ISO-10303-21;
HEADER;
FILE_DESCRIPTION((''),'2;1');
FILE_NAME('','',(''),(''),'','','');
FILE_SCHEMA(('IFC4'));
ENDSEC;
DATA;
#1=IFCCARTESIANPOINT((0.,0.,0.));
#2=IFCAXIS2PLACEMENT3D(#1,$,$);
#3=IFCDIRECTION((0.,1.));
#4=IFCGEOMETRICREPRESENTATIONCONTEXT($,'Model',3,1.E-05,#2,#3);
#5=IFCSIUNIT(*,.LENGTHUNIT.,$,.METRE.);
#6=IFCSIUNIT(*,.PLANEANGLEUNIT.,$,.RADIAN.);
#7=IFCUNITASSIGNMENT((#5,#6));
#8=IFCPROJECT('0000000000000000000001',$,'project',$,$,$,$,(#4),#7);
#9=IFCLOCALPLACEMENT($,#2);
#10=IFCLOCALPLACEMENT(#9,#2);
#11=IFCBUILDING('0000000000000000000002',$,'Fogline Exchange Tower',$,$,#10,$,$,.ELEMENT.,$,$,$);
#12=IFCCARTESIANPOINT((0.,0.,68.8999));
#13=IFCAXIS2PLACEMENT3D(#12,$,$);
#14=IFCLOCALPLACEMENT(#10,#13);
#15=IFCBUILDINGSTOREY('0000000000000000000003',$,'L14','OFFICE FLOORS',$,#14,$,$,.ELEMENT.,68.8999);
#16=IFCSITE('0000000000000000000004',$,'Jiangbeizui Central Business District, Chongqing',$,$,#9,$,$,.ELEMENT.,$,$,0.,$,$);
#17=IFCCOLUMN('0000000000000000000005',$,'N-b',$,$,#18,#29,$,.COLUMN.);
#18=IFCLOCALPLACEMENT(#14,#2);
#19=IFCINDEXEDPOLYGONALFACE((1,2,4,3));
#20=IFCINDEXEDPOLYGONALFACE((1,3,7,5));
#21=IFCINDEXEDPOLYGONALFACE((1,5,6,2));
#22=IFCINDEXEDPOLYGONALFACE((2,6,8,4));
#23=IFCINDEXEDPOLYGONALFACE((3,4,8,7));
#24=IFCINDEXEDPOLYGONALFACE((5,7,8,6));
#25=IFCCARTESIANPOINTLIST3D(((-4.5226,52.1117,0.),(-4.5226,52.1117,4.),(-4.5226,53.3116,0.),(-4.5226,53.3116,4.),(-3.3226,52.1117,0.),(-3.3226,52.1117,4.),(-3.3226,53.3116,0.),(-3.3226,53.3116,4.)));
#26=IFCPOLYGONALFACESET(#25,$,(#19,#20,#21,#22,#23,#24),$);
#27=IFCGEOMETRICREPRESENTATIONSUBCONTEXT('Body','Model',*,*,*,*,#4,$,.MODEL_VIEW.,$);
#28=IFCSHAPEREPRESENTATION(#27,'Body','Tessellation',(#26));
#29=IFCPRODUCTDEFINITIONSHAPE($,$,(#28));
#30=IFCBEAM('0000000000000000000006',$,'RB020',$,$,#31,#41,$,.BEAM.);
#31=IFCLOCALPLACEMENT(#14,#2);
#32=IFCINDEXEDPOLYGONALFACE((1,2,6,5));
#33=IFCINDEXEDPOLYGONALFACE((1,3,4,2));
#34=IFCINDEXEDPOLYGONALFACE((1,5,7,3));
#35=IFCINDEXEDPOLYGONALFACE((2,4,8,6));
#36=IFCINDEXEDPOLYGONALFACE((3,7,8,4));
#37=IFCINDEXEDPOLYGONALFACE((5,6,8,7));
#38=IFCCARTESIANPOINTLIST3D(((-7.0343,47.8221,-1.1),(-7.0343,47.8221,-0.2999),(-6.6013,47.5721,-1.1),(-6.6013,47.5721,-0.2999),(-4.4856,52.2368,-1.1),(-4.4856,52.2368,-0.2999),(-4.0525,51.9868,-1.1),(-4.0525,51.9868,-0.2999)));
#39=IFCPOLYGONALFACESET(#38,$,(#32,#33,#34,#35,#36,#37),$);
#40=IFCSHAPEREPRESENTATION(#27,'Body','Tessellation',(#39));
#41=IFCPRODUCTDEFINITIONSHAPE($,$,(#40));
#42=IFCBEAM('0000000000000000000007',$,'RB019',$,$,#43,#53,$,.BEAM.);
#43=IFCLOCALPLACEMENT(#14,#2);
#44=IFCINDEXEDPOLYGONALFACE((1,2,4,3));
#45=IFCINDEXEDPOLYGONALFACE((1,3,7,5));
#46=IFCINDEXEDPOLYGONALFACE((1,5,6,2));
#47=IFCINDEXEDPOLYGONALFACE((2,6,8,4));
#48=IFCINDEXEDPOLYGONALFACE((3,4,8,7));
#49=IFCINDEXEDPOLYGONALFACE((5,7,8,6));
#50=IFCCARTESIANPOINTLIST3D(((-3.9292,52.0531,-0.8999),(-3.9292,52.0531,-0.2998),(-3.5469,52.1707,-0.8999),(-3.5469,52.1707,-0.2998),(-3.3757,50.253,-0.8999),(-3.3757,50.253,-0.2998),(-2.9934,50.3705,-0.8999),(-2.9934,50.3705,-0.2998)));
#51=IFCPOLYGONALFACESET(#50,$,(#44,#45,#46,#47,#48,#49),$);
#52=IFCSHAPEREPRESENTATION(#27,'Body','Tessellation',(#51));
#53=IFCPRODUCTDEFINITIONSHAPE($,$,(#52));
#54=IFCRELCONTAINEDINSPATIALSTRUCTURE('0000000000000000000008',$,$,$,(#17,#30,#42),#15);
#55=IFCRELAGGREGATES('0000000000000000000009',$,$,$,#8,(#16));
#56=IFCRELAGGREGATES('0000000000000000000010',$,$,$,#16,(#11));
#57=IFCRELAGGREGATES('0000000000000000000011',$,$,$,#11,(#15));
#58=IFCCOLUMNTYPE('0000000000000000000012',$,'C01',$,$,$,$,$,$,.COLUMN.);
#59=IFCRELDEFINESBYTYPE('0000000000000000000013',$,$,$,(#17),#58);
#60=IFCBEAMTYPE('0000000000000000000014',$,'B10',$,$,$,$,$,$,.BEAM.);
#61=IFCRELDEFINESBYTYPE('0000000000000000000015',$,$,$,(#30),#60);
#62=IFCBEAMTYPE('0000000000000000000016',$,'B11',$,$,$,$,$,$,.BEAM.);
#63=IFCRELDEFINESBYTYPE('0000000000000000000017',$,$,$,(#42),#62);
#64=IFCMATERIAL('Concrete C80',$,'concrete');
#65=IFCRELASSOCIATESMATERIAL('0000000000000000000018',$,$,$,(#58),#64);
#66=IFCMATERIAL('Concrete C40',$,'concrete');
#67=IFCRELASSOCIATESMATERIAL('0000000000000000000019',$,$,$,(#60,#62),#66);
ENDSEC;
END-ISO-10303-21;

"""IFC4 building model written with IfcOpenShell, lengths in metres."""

from ifc_helpers import new_model, si_unit, direction, frame, origin, origin_2d, place, context, subcontext, project, spatial, rectangle, extrude, material, material_profile, profile_set, type_object, element, save


model = new_model("IFC4")

# Units and contexts
model_context = context("Model", 3, precision=1e-05, world=origin(), true_north=direction((0.0, 1.0)))
body_context = subcontext(model_context, "Body", "Model", "MODEL_VIEW")
ifc_project = project(units=[si_unit("LENGTHUNIT", "METRE"), si_unit("PLANEANGLEUNIT", "RADIAN")], contexts=[model_context])

# Site, building, storey
site_placement = place(None, origin())
site = spatial("IfcSite", under=ifc_project, at=site_placement, Name="Jiangbeizui Central Business District, Chongqing", CompositionType="ELEMENT", RefElevation=0.0)
building_placement = place(site_placement, origin())
building = spatial("IfcBuilding", under=site, at=building_placement, Name="Fogline Exchange Tower", CompositionType="ELEMENT")
storey_placement = place(building_placement, frame((0.0, 0.0, 68.8999)))
storey = spatial("IfcBuildingStorey", under=building, at=storey_placement, Name="L14", Description="OFFICE FLOORS", CompositionType="ELEMENT", Elevation=68.8999)

# Column
ifc_material_1 = material(Name="Concrete C80", Category="concrete")
ifc_material_profile_1 = material_profile(ifc_material_1, rectangle(XDim=1.2, YDim=1.2, at=origin_2d()), Name="RC 1200x1200")
ifc_profile_set_1 = profile_set([ifc_material_profile_1], Name="Concrete C80")
column_type = type_object("IfcColumnType", Name="C01", PredefinedType="COLUMN", material=ifc_profile_set_1)
column_placement = place(storey_placement, frame((-3.9226, 52.7117, 0.0), z_axis=(0.0, 0.0, 1.0), x_axis=(1.0, 0.0, 0.0)))
element("IfcColumn", 1, at=column_placement, inside=storey, type_object=column_type, Name="N-b", PredefinedType="COLUMN", context=body_context, shape_type="SweptSolid", body=[
    extrude(rectangle(XDim=1.2, YDim=1.2, at=origin_2d()), origin(), (0.0, 0.0, 1.0), 4.0),
])

# Beams
ifc_material_2 = material(Name="Concrete C40", Category="concrete")
ifc_material_profile_2 = material_profile(ifc_material_2, rectangle(XDim=0.5, YDim=0.8, at=origin_2d()), Name="RC 500x800")
ifc_profile_set_2 = profile_set([ifc_material_profile_2], Name="Concrete C40")
beam_type_1 = type_object("IfcBeamType", Name="B10", PredefinedType="BEAM", material=ifc_profile_set_2)
beam_1_placement = place(storey_placement, frame((-4.269, 52.1118, -0.7), z_axis=(-0.499992, -0.86603, 0.0), x_axis=(0.86603, -0.499992, 0.0)))
element("IfcBeam", 2, at=beam_1_placement, inside=storey, type_object=beam_type_1, Name="RB020", PredefinedType="BEAM", context=body_context, shape_type="SweptSolid", body=[
    extrude(rectangle(XDim=0.5, YDim=0.8, at=origin_2d()), origin(), (0.0, 0.0, 1.0), 5.0977),
])
ifc_material_profile_3 = material_profile(ifc_material_2, rectangle(XDim=0.3999, YDim=0.6001, at=origin_2d()), Name="RC 400x600")
ifc_profile_set_3 = profile_set([ifc_material_profile_3], Name="Concrete C40")
beam_type_2 = type_object("IfcBeamType", Name="B11", PredefinedType="BEAM", material=ifc_profile_set_3)
beam_2_placement = place(storey_placement, frame((-3.1846, 50.3118, -0.5999), z_axis=(-0.293895, 0.955838, 0.0), x_axis=(-0.955838, -0.293895, 0.0)))
element("IfcBeam", 3, at=beam_2_placement, inside=storey, type_object=beam_type_2, Name="RB019", PredefinedType="BEAM", context=body_context, shape_type="SweptSolid", body=[
    extrude(rectangle(XDim=0.3999, YDim=0.6001, at=origin_2d()), origin(), (0.0, 0.0, 1.0), 1.8833),
])

save(model, "model.ifc")
